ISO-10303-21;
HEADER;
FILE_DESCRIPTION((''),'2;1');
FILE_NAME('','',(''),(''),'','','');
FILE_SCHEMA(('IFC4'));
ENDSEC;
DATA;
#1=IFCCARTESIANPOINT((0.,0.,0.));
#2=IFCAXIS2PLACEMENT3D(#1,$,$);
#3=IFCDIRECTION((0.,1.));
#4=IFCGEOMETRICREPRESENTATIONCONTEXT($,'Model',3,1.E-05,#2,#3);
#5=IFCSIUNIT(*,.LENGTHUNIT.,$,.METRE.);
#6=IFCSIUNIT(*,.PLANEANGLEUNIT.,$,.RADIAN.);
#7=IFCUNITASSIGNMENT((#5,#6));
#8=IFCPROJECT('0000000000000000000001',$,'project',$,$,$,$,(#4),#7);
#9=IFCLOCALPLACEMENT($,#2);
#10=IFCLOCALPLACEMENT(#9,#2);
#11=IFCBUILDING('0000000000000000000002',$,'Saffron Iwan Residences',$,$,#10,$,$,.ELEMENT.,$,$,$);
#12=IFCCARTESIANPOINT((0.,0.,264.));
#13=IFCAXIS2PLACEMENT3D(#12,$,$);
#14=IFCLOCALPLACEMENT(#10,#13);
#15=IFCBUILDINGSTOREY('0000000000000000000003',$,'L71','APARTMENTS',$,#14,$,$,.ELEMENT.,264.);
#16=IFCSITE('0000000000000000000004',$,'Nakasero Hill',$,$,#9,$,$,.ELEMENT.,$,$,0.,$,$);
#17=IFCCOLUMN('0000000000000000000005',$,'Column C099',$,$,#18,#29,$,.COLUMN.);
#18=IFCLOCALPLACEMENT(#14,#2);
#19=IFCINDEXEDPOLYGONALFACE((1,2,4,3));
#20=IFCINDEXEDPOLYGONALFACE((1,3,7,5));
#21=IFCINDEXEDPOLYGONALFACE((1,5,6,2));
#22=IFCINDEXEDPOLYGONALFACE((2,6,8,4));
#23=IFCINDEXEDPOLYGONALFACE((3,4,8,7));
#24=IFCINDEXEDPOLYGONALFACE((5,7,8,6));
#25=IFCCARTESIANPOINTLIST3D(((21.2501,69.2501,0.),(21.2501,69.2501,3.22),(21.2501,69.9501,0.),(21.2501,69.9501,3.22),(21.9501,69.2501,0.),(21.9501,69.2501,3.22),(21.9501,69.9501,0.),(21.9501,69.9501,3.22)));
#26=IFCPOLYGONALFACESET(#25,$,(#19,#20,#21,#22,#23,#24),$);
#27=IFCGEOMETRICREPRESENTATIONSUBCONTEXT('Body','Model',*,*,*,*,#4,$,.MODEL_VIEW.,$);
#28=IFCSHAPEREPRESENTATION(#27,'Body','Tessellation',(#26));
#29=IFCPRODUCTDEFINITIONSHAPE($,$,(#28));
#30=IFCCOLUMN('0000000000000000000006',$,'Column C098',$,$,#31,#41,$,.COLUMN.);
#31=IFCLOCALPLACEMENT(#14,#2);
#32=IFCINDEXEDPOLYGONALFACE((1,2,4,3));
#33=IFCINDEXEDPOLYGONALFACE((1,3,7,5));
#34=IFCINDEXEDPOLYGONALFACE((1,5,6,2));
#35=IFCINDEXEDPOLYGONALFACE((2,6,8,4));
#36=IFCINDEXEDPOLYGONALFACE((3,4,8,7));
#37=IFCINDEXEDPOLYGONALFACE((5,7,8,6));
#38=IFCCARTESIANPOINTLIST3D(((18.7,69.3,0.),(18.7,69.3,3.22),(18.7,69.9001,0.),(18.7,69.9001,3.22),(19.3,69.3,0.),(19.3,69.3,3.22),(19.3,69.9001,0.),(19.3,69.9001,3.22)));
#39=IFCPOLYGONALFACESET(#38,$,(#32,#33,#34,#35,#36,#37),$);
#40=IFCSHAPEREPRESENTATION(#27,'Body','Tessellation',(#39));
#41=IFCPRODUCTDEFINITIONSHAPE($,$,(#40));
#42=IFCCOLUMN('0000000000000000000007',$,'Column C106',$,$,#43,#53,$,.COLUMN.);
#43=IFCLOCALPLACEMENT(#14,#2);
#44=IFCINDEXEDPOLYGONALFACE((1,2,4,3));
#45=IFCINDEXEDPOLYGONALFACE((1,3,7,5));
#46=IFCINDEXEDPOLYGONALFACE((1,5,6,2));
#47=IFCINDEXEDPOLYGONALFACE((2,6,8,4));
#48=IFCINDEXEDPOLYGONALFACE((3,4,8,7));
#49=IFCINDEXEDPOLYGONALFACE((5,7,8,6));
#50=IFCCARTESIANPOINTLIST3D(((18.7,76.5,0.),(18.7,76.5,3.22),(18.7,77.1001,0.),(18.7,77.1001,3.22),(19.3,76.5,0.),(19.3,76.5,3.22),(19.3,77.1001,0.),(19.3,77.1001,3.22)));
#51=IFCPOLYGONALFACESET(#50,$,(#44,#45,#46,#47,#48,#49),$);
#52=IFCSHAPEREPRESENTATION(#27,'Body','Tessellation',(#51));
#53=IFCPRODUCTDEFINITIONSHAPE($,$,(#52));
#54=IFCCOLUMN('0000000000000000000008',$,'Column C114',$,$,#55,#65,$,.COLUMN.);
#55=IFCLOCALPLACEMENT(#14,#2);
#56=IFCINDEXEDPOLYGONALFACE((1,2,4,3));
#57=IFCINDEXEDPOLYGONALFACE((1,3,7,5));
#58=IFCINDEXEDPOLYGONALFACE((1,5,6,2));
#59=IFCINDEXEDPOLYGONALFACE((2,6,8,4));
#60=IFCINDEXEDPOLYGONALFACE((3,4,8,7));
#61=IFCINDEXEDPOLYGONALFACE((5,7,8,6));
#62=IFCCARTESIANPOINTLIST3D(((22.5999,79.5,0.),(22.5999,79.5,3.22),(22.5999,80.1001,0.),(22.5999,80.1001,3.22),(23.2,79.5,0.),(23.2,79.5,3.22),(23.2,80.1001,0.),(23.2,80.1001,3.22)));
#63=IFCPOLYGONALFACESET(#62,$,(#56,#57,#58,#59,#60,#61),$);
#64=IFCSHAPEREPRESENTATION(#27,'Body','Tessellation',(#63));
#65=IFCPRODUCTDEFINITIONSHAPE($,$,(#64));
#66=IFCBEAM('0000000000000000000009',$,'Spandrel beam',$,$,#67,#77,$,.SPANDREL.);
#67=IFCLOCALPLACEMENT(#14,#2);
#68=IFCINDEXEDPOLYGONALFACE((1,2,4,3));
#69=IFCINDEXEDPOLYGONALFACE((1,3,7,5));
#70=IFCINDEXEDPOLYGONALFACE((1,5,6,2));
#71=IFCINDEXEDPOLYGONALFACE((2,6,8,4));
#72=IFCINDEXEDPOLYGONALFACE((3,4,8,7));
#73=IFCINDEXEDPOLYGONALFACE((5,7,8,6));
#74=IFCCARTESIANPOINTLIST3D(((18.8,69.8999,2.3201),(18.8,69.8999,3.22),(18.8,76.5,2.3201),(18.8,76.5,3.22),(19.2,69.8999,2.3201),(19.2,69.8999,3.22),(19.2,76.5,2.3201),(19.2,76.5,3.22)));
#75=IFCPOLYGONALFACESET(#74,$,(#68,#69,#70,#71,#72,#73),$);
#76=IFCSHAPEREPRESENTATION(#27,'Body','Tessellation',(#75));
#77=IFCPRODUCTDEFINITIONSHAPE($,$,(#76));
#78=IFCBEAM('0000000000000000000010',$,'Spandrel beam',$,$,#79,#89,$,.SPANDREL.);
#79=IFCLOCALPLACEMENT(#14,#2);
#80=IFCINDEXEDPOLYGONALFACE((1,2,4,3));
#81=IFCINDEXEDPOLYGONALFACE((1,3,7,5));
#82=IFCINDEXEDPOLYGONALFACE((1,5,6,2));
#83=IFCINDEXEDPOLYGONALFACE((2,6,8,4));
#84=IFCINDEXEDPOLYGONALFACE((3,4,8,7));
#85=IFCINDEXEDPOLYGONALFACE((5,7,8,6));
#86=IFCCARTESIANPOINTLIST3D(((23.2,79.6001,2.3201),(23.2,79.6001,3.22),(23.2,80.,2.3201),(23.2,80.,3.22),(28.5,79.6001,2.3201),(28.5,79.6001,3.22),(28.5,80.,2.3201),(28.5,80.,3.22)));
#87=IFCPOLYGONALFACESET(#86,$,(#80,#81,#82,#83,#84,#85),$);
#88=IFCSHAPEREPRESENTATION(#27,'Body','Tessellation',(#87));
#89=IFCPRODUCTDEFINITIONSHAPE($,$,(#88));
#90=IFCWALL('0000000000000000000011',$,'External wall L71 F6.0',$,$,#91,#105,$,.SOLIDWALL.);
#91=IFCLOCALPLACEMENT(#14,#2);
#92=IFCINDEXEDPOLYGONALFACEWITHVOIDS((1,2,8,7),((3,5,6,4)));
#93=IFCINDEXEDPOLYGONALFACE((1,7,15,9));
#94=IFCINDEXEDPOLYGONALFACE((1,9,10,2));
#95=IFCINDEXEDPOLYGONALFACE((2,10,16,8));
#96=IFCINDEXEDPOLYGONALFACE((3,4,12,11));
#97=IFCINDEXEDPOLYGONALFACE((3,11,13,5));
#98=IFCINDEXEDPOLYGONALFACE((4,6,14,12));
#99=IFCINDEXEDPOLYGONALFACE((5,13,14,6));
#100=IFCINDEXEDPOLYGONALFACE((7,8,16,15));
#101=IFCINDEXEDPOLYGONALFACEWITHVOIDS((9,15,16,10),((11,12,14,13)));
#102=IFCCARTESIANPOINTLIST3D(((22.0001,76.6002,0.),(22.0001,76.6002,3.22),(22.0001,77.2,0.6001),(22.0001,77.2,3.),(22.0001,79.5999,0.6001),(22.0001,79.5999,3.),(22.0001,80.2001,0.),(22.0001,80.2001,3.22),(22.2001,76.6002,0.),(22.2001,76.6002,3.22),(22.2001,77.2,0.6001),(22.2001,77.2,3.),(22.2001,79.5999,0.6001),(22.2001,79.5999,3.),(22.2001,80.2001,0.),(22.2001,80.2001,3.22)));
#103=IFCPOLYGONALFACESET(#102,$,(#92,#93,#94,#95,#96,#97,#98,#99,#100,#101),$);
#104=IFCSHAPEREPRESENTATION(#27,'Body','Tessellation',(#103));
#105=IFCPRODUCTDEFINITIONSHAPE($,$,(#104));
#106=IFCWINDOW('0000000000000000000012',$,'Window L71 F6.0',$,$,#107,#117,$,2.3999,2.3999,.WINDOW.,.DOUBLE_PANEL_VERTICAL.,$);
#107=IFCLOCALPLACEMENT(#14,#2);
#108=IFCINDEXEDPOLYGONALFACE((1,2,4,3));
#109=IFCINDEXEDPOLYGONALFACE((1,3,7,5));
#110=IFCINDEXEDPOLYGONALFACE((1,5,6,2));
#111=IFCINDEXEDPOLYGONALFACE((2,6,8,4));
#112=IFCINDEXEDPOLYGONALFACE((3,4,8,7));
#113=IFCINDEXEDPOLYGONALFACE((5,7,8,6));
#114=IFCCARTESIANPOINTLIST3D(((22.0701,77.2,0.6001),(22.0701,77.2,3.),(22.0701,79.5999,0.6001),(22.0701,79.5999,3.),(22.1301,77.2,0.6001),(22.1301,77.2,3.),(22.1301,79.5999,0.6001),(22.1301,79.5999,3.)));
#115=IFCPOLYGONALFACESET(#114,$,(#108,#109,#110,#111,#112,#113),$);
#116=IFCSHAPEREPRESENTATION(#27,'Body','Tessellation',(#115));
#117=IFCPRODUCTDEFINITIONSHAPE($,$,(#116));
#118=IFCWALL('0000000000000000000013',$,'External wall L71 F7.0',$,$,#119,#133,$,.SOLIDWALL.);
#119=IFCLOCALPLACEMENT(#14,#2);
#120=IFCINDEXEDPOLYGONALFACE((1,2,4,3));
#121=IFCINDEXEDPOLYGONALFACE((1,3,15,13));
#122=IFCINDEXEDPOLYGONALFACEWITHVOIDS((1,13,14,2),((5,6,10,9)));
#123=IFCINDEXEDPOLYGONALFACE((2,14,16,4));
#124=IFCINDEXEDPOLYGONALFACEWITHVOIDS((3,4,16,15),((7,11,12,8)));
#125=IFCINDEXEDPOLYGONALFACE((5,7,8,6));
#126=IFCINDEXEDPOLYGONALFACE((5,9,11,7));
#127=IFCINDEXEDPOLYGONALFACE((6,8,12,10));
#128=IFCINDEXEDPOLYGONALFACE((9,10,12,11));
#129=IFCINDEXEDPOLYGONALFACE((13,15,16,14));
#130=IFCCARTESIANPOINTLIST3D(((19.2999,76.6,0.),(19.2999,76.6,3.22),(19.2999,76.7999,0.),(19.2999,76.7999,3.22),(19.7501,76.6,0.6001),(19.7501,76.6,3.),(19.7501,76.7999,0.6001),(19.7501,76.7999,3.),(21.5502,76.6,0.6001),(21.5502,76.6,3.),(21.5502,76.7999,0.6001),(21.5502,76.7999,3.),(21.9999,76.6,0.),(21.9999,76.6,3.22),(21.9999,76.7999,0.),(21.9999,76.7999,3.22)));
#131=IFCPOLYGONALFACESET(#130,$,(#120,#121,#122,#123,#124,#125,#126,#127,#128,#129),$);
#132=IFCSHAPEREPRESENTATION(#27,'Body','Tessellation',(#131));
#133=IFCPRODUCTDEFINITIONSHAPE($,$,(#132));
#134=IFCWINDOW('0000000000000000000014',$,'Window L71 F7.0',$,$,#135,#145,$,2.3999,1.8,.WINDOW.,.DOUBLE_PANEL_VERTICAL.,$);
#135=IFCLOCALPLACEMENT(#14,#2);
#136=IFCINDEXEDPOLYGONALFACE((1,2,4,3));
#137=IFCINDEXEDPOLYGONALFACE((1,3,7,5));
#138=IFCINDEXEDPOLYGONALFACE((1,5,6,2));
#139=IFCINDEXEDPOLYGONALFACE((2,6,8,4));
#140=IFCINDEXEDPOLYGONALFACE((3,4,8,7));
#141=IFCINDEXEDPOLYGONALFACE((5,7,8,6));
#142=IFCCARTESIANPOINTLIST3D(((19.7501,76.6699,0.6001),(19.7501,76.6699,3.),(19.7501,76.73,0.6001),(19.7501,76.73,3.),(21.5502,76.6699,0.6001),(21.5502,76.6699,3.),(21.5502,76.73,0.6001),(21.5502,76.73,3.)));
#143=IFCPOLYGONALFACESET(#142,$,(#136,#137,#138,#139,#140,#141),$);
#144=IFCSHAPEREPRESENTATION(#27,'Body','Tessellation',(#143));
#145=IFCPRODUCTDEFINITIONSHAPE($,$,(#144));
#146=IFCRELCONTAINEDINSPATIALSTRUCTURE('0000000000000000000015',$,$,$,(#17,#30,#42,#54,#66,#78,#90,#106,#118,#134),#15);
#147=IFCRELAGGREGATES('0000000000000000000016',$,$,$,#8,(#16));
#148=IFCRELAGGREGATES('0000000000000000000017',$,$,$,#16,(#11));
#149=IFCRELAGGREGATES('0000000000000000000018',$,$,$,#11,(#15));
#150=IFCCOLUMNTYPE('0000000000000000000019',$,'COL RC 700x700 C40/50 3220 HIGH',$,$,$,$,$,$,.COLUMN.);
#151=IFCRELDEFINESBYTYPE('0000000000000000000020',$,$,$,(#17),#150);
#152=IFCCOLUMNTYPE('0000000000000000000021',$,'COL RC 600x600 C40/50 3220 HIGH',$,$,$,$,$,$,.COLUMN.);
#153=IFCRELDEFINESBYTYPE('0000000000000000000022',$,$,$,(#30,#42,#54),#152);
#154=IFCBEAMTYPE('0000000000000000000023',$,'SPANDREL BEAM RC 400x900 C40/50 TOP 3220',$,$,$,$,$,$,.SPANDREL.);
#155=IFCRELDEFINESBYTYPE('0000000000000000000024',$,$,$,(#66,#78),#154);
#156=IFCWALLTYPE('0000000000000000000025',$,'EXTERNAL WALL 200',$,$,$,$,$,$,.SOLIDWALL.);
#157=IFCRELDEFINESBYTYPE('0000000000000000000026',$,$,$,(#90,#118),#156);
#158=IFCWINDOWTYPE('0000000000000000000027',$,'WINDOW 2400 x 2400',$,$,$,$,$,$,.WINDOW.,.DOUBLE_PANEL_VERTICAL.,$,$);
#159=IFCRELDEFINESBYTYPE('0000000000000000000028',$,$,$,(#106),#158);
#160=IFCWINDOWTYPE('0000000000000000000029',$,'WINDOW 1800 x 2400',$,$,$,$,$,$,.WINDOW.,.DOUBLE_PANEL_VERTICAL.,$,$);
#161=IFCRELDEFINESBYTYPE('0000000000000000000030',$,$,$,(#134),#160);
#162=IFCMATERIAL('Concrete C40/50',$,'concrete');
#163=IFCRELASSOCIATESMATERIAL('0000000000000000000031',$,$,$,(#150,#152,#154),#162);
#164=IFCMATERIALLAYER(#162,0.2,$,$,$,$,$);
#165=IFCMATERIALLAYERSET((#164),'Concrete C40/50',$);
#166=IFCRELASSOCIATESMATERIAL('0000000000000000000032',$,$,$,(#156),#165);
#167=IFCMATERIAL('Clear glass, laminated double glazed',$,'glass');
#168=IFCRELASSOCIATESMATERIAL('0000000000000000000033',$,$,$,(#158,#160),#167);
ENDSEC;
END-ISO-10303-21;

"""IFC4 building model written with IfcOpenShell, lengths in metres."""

from ifc_helpers import new_model, si_unit, direction, frame, frame_2d, origin, origin_2d, place, context, subcontext, project, spatial, rectangle, extrude, source, transform, mapped, material, layer, layer_set, material_profile, profile_set, type_object, element, fill, save


model = new_model("IFC4")

# Units and contexts
model_context = context("Model", 3, precision=1e-05, world=origin(), true_north=direction((0.0, 1.0)))
body_context = subcontext(model_context, "Body", "Model", "MODEL_VIEW")
ifc_project = project(units=[si_unit("LENGTHUNIT", "METRE"), si_unit("PLANEANGLEUNIT", "RADIAN")], contexts=[model_context])

# Site, building, storey
site_placement = place(None, origin())
site = spatial("IfcSite", under=ifc_project, at=site_placement, Name="Nakasero Hill", CompositionType="ELEMENT", RefElevation=0.0)
building_placement = place(site_placement, origin())
building = spatial("IfcBuilding", under=site, at=building_placement, Name="Saffron Iwan Residences", CompositionType="ELEMENT")
storey_placement = place(building_placement, frame((0.0, 0.0, 264.0)))
storey = spatial("IfcBuildingStorey", under=building, at=storey_placement, Name="L71", Description="APARTMENTS", CompositionType="ELEMENT", Elevation=264.0)

# Columns
ifc_material_1 = material(Name="Concrete C40/50", Category="concrete")
ifc_material_profile_1 = material_profile(ifc_material_1, rectangle(XDim=0.7, YDim=0.7, at=origin_2d()), Name="RC 700x700")
ifc_profile_set_1 = profile_set([ifc_material_profile_1], Name="Concrete C40/50")
column_type_1 = type_object("IfcColumnType", Name="COL RC 700x700 C40/50 3220 HIGH", PredefinedType="COLUMN", material=ifc_profile_set_1)
shared_shape_1 = source(origin(), body_context, "Body", "SweptSolid", [
    extrude(rectangle(XDim=0.7, YDim=0.7, at=origin_2d()), origin(), (0.0, 0.0, 1.0), 3.22),
])
column_placement = place(storey_placement, frame((21.6001, 69.6001, 0.0), z_axis=(0.0, 0.0, 1.0), x_axis=(1.0, 0.0, 0.0)))
element("IfcColumn", 1, at=column_placement, inside=storey, type_object=column_type_1, Name="Column C099", PredefinedType="COLUMN", context=body_context, shape_type="MappedRepresentation", body=[
    mapped(shared_shape_1, transform((0.0, 0.0, 0.0))),
])
ifc_material_profile_2 = material_profile(ifc_material_1, rectangle(XDim=0.6001, YDim=0.6001, at=origin_2d()), Name="RC 600x600")
ifc_profile_set_2 = profile_set([ifc_material_profile_2], Name="Concrete C40/50")
column_type_2 = type_object("IfcColumnType", Name="COL RC 600x600 C40/50 3220 HIGH", PredefinedType="COLUMN", material=ifc_profile_set_2)
shared_shape_2 = source(origin(), body_context, "Body", "SweptSolid", [
    extrude(rectangle(XDim=0.6001, YDim=0.6001, at=origin_2d()), origin(), (0.0, 0.0, 1.0), 3.22),
])
for number, where, z_axis, x_axis, name in (
    (2, (19.0, 69.6001, 0.0), (0.0, 0.0, 1.0), (1.0, 0.0, 0.0), "Column C098"),
    (3, (19.0, 76.8, 0.0), (0.0, 0.0, 1.0), (1.0, 0.0, 0.0), "Column C106"),
    (4, (22.8999, 79.8, 0.0), (0.0, 0.0, 1.0), (1.0, 0.0, 0.0), "Column C114"),
):
    element("IfcColumn", number, at=place(storey_placement, frame(where, z_axis=z_axis, x_axis=x_axis)), inside=storey, type_object=column_type_2, Name=name, PredefinedType="COLUMN", context=body_context, shape_type="MappedRepresentation", body=[
        mapped(shared_shape_2, transform((0.0, 0.0, 0.0))),
    ])

# Beams
ifc_material_profile_3 = material_profile(ifc_material_1, rectangle(XDim=0.3999, YDim=0.8999, at=origin_2d()), Name="RC 400x900")
ifc_profile_set_3 = profile_set([ifc_material_profile_3], Name="Concrete C40/50")
beam_type = type_object("IfcBeamType", Name="SPANDREL BEAM RC 400x900 C40/50 TOP 3220", PredefinedType="SPANDREL", material=ifc_profile_set_3)
shared_shape_3 = source(origin(), body_context, "Body", "SweptSolid", [
    extrude(rectangle(XDim=0.3999, YDim=0.8999, at=origin_2d()), origin(), (0.0, 0.0, 1.0), 6.6001),
])
beam_1_placement = place(storey_placement, frame((19.0, 69.8999, 2.77), z_axis=(0.0, 1.0, 0.0), x_axis=(-1.0, 0.0, 0.0)))
element("IfcBeam", 5, at=beam_1_placement, inside=storey, type_object=beam_type, Name="Spandrel beam", PredefinedType="SPANDREL", context=body_context, shape_type="MappedRepresentation", body=[
    mapped(shared_shape_3, transform((0.0, 0.0, 0.0))),
])
shared_shape_4 = source(origin(), body_context, "Body", "SweptSolid", [
    extrude(rectangle(XDim=0.3999, YDim=0.8999, at=origin_2d()), origin(), (0.0, 0.0, 1.0), 5.3),
])
beam_2_placement = place(storey_placement, frame((23.2, 79.8, 2.77), z_axis=(1.0, 0.0, 0.0), x_axis=(0.0, 1.0, 0.0)))
element("IfcBeam", 6, at=beam_2_placement, inside=storey, type_object=beam_type, Name="Spandrel beam", PredefinedType="SPANDREL", context=body_context, shape_type="MappedRepresentation", body=[
    mapped(shared_shape_4, transform((0.0, 0.0, 0.0))),
])

# Walls, openings, windows
ifc_layer_1 = layer(ifc_material_1, 0.2)
ifc_layer_set_1 = layer_set([ifc_layer_1], Name="Concrete C40/50")
wall_type_1 = type_object("IfcWallType", Name="EXTERNAL WALL 200", PredefinedType="SOLIDWALL", material=ifc_layer_set_1)
wall_1_placement = place(storey_placement, frame((22.1001, 80.2, 0.0), z_axis=(0.0, 0.0, 1.0), x_axis=(0.0, -1.0, 0.0)))
wall_1 = element("IfcWall", 7, at=wall_1_placement, inside=storey, type_object=wall_type_1, Name="External wall L71 F6.0", PredefinedType="SOLIDWALL", context=body_context, shape_type="SweptSolid", body=[
    extrude(rectangle(XDim=3.5999, YDim=0.2, at=frame_2d((1.7998, 0.0))), origin(), (0.0, 0.0, 1.0), 3.22),
])
opening_1_placement = place(wall_1_placement, frame((0.6001, 0.0, 0.6001)))
opening_1 = element("IfcOpeningElement", 8, at=opening_1_placement, cuts=wall_1, PredefinedType="OPENING", context=body_context, shape_type="SweptSolid", body=[
    extrude(rectangle(XDim=2.3999, YDim=2.3999, at=frame_2d((1.2, 1.2))), frame((0.0, 0.1099, 0.0), z_axis=(0.0, -1.0, 0.0), x_axis=(1.0, 0.0, 0.0)), (0.0, 0.0, 1.0), 0.22),
])
ifc_material_2 = material(Name="Clear glass, laminated double glazed", Category="glass")
window_type_1 = type_object("IfcWindowType", Name="WINDOW 2400 x 2400", PartitioningType="DOUBLE_PANEL_VERTICAL", PredefinedType="WINDOW", material=ifc_material_2)
window_1_placement = place(opening_1_placement, origin())
window_1 = element("IfcWindow", 9, at=window_1_placement, inside=storey, type_object=window_type_1, Name="Window L71 F6.0", OverallHeight=2.3999, OverallWidth=2.3999, PartitioningType="DOUBLE_PANEL_VERTICAL", PredefinedType="WINDOW", context=body_context, shape_type="SweptSolid", body=[
    extrude(rectangle(XDim=2.3999, YDim=2.3999, at=frame_2d((1.2, 1.2))), frame((0.0, 0.03, 0.0), z_axis=(0.0, -1.0, 0.0), x_axis=(1.0, 0.0, 0.0)), (0.0, 0.0, 1.0), 0.0601),
])
fill(opening_1, window_1)
wall_2_placement = place(storey_placement, frame((22.0, 76.7, 0.0), z_axis=(0.0, 0.0, 1.0), x_axis=(-1.0, 0.0, 0.0)))
wall_2 = element("IfcWall", 10, at=wall_2_placement, inside=storey, type_object=wall_type_1, Name="External wall L71 F7.0", PredefinedType="SOLIDWALL", context=body_context, shape_type="SweptSolid", body=[
    extrude(rectangle(XDim=2.7, YDim=0.2, at=frame_2d((1.3501, 0.0))), origin(), (0.0, 0.0, 1.0), 3.22),
])
opening_2_placement = place(wall_2_placement, frame((0.45, 0.0, 0.6001)))
opening_2 = element("IfcOpeningElement", 11, at=opening_2_placement, cuts=wall_2, PredefinedType="OPENING", context=body_context, shape_type="SweptSolid", body=[
    extrude(rectangle(XDim=1.8, YDim=2.3999, at=frame_2d((0.8999, 1.2))), frame((0.0, 0.1099, 0.0), z_axis=(0.0, -1.0, 0.0), x_axis=(1.0, 0.0, 0.0)), (0.0, 0.0, 1.0), 0.22),
])
window_type_2 = type_object("IfcWindowType", Name="WINDOW 1800 x 2400", PartitioningType="DOUBLE_PANEL_VERTICAL", PredefinedType="WINDOW", material=ifc_material_2)
window_2_placement = place(opening_2_placement, origin())
window_2 = element("IfcWindow", 12, at=window_2_placement, inside=storey, type_object=window_type_2, Name="Window L71 F7.0", OverallHeight=2.3999, OverallWidth=1.8, PartitioningType="DOUBLE_PANEL_VERTICAL", PredefinedType="WINDOW", context=body_context, shape_type="SweptSolid", body=[
    extrude(rectangle(XDim=1.8, YDim=2.3999, at=frame_2d((0.8999, 1.2))), frame((0.0, 0.03, 0.0), z_axis=(0.0, -1.0, 0.0), x_axis=(1.0, 0.0, 0.0)), (0.0, 0.0, 1.0), 0.0601),
])
fill(opening_2, window_2)

save(model, "model.ifc")
